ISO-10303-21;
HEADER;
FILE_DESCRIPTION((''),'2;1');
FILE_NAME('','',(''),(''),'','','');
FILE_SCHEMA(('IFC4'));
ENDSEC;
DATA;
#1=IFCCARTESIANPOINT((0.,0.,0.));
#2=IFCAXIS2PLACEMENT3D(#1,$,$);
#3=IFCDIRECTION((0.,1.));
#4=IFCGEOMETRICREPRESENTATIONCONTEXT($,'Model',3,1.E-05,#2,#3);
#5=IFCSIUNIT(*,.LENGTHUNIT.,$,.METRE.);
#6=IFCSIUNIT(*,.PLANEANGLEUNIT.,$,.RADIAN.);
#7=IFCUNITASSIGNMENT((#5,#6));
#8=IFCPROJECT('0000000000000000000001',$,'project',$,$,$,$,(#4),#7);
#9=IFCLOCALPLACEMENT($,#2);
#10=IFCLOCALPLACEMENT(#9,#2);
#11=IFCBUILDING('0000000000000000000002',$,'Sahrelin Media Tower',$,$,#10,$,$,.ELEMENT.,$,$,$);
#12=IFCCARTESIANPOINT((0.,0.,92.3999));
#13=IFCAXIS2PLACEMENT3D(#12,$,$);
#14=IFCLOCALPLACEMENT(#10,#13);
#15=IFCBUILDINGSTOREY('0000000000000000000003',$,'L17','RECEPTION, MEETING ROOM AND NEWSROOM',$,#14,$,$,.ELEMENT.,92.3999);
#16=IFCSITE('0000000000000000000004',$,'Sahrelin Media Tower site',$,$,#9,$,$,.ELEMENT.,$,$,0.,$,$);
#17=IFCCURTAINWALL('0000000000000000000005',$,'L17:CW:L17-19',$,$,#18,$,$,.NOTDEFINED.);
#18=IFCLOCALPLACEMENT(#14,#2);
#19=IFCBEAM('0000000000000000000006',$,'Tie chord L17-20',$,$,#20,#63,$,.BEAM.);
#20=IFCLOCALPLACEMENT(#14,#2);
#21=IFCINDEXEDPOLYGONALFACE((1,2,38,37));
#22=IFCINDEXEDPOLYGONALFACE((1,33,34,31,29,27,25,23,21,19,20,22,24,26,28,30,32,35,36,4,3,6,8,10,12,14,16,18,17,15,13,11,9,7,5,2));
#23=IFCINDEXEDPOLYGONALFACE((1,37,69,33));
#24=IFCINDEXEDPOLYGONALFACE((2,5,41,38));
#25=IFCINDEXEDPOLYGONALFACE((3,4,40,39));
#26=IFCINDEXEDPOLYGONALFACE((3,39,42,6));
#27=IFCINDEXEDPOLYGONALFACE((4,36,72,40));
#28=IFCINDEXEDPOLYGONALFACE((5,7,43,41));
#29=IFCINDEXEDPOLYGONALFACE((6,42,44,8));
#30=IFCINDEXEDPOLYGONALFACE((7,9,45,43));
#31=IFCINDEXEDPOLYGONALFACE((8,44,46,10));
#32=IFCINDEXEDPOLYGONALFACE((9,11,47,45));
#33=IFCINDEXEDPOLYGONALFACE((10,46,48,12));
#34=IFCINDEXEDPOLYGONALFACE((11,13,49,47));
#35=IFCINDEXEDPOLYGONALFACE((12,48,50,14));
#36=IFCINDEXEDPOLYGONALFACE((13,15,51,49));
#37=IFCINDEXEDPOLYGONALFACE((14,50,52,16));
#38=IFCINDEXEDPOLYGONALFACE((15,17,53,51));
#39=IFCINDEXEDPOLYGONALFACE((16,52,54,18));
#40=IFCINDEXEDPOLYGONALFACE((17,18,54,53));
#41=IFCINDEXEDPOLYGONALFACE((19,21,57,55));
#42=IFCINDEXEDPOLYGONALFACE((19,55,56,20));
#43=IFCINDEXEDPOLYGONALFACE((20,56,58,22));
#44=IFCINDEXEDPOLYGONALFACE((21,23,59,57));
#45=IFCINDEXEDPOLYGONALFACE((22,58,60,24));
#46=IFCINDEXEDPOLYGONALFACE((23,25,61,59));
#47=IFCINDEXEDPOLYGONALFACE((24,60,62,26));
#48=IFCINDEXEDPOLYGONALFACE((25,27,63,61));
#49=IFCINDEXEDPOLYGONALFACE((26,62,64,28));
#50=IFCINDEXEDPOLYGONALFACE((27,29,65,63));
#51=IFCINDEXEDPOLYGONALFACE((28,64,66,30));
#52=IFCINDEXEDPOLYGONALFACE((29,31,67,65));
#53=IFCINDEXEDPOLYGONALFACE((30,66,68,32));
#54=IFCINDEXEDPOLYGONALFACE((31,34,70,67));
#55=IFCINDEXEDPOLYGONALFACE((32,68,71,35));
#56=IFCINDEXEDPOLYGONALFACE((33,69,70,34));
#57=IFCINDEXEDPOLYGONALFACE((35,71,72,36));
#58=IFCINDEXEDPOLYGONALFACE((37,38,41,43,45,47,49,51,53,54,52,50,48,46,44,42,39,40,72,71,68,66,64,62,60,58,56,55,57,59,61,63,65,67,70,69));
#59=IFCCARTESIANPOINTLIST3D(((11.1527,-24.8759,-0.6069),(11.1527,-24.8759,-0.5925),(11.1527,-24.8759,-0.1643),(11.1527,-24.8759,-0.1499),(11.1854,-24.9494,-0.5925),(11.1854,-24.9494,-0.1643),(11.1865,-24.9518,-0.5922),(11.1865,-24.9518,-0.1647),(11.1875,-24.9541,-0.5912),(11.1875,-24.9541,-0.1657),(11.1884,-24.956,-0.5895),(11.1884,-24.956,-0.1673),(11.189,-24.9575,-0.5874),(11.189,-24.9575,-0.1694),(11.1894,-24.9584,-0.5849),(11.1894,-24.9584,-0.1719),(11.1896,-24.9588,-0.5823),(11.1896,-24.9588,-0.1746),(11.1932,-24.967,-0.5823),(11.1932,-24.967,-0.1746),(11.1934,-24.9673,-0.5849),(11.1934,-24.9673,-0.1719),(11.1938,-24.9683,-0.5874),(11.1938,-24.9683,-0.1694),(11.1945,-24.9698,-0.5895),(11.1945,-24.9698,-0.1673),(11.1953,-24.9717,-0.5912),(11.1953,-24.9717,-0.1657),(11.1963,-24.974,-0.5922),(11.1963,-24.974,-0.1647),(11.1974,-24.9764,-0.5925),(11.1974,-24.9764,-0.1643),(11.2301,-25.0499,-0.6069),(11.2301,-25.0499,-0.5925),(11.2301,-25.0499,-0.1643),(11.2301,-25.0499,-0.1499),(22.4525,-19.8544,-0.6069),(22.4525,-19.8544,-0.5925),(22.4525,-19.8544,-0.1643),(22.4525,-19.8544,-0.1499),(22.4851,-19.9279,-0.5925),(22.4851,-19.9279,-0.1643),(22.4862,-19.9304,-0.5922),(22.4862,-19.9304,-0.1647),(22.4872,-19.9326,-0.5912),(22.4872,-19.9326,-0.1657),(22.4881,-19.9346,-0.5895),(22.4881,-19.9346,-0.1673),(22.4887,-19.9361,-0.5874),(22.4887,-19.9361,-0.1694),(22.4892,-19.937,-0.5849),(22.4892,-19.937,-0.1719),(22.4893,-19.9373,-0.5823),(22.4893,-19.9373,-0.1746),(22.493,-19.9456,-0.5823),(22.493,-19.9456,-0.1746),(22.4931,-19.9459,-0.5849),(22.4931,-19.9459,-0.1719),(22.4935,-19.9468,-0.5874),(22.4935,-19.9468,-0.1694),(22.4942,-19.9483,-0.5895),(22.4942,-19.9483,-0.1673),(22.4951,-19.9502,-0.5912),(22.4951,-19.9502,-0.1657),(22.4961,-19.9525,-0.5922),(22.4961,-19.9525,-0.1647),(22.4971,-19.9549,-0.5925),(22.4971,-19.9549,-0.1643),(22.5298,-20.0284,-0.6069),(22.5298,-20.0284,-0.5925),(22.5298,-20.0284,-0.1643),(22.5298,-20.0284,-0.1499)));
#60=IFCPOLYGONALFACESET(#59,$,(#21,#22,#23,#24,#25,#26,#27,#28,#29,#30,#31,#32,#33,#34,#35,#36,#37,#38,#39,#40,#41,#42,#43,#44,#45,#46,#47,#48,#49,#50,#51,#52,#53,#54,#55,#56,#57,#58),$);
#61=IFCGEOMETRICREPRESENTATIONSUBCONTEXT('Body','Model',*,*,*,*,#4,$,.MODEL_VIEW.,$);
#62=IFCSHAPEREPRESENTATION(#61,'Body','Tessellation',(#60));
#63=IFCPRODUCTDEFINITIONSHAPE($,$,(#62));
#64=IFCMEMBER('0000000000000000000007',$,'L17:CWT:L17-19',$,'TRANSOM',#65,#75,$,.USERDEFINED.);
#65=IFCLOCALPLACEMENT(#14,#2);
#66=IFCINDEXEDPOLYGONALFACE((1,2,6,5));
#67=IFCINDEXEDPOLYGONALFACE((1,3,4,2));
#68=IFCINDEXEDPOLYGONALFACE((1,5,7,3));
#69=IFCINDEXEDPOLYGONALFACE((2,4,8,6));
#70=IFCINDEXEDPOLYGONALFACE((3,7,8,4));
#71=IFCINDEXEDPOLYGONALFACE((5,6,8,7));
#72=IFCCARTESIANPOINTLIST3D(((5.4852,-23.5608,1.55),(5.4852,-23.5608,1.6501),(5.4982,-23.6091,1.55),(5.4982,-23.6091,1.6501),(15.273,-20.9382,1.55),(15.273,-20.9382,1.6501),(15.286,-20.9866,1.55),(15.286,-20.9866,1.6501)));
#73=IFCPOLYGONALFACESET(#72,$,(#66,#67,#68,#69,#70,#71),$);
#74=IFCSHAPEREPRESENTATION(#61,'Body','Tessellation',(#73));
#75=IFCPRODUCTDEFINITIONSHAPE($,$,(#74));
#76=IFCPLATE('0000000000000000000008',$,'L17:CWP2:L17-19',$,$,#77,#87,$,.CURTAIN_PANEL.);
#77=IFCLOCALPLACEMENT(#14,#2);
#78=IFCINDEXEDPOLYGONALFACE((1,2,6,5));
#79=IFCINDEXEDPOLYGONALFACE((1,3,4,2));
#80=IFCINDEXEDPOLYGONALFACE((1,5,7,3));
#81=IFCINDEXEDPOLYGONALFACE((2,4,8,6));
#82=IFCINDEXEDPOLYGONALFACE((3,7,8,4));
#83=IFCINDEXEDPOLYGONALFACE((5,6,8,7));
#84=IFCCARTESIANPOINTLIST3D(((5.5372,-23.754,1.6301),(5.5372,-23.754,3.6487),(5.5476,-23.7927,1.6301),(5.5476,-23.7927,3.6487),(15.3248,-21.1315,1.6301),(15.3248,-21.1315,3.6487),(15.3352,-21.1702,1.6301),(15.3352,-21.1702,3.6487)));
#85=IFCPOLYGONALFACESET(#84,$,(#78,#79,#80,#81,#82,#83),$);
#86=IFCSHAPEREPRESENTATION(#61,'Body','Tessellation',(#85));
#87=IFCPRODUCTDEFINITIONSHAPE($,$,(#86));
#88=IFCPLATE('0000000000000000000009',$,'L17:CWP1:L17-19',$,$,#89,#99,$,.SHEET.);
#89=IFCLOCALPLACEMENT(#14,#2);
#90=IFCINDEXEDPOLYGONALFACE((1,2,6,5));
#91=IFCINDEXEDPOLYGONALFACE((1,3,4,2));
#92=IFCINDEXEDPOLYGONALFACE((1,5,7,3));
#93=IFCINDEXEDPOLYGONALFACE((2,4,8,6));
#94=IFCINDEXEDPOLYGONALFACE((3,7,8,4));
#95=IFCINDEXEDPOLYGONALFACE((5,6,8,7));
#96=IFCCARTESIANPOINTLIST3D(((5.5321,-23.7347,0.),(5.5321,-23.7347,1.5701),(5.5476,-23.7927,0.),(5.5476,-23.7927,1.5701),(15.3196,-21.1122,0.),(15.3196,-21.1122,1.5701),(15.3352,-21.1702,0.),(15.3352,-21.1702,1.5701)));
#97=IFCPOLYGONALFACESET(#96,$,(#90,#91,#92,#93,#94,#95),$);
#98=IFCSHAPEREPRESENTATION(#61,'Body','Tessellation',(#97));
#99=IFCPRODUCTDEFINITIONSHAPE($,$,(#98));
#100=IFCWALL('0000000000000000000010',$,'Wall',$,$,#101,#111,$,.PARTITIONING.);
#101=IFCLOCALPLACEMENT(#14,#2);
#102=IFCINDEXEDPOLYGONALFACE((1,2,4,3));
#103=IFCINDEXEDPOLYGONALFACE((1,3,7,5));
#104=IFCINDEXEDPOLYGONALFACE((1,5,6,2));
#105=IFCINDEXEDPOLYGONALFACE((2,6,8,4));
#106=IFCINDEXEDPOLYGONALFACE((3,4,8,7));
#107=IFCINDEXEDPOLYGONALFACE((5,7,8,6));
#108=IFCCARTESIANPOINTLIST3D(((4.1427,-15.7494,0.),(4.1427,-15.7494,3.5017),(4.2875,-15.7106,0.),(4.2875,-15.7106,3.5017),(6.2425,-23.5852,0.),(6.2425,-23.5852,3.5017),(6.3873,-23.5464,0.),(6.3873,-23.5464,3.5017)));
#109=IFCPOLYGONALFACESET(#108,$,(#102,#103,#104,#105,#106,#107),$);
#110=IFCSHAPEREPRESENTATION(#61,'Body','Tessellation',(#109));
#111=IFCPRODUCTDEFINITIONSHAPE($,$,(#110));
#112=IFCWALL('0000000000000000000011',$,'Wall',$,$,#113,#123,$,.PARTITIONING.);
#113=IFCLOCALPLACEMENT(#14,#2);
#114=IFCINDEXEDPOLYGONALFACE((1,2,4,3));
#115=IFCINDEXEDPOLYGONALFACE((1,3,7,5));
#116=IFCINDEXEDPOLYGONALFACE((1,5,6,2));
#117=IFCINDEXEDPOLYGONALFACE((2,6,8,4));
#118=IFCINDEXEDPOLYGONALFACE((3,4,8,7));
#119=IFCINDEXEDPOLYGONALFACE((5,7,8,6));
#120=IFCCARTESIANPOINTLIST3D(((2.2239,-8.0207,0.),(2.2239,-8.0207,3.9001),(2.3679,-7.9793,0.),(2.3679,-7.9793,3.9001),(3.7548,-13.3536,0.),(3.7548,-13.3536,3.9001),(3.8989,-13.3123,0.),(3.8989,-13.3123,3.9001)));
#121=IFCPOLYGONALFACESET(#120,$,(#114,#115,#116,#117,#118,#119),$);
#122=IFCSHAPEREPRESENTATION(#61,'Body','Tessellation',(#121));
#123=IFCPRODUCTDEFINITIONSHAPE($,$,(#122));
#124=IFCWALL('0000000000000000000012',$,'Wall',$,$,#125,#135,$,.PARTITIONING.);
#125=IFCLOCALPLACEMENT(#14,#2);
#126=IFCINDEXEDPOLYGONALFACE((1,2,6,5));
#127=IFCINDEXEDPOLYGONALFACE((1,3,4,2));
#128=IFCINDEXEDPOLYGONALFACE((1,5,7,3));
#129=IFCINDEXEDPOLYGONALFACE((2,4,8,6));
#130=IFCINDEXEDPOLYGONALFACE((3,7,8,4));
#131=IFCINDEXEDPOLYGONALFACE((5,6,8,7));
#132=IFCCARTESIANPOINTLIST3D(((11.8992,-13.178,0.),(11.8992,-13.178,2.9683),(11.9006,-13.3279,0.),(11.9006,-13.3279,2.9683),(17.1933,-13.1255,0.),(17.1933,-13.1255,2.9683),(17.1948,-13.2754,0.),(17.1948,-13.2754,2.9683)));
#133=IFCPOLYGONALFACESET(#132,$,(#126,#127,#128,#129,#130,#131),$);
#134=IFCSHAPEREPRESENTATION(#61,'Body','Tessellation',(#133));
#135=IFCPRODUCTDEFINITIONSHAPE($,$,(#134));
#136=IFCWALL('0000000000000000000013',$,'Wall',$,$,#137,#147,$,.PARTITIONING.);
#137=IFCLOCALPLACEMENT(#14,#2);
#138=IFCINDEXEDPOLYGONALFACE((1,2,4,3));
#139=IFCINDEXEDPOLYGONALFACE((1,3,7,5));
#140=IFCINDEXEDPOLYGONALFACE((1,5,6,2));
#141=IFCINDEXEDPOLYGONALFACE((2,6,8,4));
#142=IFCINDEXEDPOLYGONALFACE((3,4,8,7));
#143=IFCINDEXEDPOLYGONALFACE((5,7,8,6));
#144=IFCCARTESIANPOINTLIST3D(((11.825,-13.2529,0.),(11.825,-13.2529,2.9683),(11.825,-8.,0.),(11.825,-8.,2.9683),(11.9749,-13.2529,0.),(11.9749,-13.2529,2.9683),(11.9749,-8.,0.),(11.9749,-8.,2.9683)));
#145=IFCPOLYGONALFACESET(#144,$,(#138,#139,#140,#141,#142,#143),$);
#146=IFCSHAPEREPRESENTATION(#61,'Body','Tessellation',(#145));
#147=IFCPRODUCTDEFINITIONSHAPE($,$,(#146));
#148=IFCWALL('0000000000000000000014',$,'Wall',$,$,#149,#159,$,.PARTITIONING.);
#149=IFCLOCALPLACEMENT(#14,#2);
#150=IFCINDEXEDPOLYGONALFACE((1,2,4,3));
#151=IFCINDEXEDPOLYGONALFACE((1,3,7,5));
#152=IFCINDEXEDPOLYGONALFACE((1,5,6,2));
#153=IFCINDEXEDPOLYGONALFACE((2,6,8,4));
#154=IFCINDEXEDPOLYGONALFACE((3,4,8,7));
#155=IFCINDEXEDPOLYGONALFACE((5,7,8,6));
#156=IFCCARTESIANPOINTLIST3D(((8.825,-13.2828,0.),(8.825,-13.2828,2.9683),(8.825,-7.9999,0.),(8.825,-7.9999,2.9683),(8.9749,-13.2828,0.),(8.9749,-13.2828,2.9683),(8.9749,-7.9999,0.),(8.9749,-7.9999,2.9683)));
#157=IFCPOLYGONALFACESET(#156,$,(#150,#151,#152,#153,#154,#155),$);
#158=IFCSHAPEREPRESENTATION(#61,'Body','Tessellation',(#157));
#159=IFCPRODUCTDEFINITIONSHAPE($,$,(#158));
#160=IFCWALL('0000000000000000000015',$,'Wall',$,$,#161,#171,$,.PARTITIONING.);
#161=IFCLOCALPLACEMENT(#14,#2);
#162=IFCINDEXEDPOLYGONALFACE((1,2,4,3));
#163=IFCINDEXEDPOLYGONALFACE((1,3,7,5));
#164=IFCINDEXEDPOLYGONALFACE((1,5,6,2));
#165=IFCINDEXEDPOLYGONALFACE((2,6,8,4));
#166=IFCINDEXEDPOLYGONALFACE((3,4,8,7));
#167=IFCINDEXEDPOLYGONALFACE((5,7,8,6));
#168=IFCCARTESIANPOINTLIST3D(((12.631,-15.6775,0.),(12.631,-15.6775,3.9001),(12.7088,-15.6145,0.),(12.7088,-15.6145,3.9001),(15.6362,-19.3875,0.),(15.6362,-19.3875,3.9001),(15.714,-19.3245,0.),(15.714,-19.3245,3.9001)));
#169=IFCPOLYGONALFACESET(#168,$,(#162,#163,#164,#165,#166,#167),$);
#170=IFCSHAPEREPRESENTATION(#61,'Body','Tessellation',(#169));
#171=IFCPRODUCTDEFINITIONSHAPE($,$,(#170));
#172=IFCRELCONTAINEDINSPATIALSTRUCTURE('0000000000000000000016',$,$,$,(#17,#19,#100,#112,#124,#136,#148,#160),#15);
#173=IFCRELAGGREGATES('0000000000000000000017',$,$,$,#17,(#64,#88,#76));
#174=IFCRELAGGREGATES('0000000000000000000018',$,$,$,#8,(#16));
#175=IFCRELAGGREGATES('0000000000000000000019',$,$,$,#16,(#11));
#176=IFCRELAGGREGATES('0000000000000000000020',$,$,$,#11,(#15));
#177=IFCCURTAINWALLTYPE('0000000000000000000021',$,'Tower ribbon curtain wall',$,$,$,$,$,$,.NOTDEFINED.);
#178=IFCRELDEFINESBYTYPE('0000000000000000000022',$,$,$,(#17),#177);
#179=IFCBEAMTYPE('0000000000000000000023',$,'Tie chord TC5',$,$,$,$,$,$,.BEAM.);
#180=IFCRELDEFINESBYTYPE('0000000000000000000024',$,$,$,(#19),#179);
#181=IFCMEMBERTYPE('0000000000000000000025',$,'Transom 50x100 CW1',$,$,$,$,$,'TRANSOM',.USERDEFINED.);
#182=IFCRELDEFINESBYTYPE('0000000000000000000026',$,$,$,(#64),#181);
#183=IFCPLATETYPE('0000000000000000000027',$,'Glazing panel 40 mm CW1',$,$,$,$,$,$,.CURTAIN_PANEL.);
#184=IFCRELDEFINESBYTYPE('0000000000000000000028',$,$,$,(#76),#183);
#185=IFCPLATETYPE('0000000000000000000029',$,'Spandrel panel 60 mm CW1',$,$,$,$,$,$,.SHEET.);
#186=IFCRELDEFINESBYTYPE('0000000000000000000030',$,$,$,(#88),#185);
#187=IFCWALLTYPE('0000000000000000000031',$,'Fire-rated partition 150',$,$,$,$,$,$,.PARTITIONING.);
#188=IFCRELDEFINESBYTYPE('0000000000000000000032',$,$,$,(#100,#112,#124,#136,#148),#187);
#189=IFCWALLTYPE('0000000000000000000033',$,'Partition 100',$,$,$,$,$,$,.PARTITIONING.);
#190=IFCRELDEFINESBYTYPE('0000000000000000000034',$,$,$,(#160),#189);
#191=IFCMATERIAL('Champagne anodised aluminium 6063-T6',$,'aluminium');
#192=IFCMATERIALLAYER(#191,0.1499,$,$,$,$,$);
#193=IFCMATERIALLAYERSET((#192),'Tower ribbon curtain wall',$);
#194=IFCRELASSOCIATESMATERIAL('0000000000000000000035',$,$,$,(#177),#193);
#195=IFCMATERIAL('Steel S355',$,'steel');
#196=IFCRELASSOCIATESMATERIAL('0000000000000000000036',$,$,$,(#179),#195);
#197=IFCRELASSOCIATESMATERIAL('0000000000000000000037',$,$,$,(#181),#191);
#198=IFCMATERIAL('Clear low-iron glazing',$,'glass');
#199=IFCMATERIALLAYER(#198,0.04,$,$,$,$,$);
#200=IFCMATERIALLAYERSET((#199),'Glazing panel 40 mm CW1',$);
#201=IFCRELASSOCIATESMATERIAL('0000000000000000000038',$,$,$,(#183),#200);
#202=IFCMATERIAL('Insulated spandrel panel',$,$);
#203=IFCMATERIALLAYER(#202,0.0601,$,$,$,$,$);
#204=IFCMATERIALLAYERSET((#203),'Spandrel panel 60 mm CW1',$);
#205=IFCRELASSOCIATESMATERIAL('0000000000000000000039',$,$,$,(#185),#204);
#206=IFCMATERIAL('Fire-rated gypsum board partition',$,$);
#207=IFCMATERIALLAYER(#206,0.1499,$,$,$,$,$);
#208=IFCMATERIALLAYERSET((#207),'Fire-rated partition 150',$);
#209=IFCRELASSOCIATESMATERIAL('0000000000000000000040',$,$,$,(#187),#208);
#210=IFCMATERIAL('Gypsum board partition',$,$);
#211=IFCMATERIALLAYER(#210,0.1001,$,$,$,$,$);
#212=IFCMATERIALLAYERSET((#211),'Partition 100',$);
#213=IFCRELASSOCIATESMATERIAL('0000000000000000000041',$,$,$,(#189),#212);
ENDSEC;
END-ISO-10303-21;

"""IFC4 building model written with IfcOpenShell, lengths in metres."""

from ifc_helpers import new_model, si_unit, direction, frame, frame_2d, origin, origin_2d, place, context, subcontext, project, spatial, polyline, rectangle, i_section, outline, extrude, material, layer, layer_set, material_profile, profile_set, type_object, element, aggregate, save


model = new_model("IFC4")

# Units and contexts
model_context = context("Model", 3, precision=1e-05, world=origin(), true_north=direction((0.0, 1.0)))
body_context = subcontext(model_context, "Body", "Model", "MODEL_VIEW")
ifc_project = project(units=[si_unit("LENGTHUNIT", "METRE"), si_unit("PLANEANGLEUNIT", "RADIAN")], contexts=[model_context])

# Site, building, storey
site_placement = place(None, origin())
site = spatial("IfcSite", under=ifc_project, at=site_placement, Name="Sahrelin Media Tower site", CompositionType="ELEMENT", RefElevation=0.0)
building_placement = place(site_placement, origin())
building = spatial("IfcBuilding", under=site, at=building_placement, Name="Sahrelin Media Tower", CompositionType="ELEMENT")
storey_placement = place(building_placement, frame((0.0, 0.0, 92.3999)))
storey = spatial("IfcBuildingStorey", under=building, at=storey_placement, Name="L17", Description="RECEPTION, MEETING ROOM AND NEWSROOM", CompositionType="ELEMENT", Elevation=92.3999)

# Shared definitions
ifc_material_1 = material(Name="Steel S355", Category="steel")

# Curtain wall
ifc_material_2 = material(Name="Champagne anodised aluminium 6063-T6", Category="aluminium")
ifc_layer_1 = layer(ifc_material_2, 0.1499)
ifc_layer_set_1 = layer_set([ifc_layer_1], Name="Tower ribbon curtain wall")
curtain_wall_type = type_object("IfcCurtainWallType", Name="Tower ribbon curtain wall", PredefinedType="NOTDEFINED", material=ifc_layer_set_1)
curtain_wall_1_placement = place(storey_placement, frame((10.4363, -22.4622, 0.0), z_axis=(0.0, 0.0, 1.0), x_axis=(1.0, 0.0, 0.0)))
curtain_wall_1 = element("IfcCurtainWall", 1, at=curtain_wall_1_placement, inside=storey, type_object=curtain_wall_type, Name="L17:CW:L17-19", PredefinedType="NOTDEFINED")

# Beam
ifc_material_profile_1 = material_profile(ifc_material_1, i_section(OverallWidth=0.1904, OverallDepth=0.457, WebThickness=0.009, FlangeThickness=0.0144, FilletRadius=0.0103, at=origin_2d()), Name="UB 457x191x74")
ifc_profile_set_1 = profile_set([ifc_material_profile_1], Name="Steel S355")
beam_type_1 = type_object("IfcBeamType", Name="Tie chord TC5", PredefinedType="BEAM", material=ifc_profile_set_1)
beam_1_placement = place(storey_placement, frame((11.1914, -24.9629, -0.3784), z_axis=(0.913831, 0.406094, 0.0), x_axis=(-0.406094, 0.913831, 0.0)))
element("IfcBeam", 2, at=beam_1_placement, inside=storey, type_object=beam_type_1, Name="Tie chord L17-20", PredefinedType="BEAM", context=body_context, shape_type="SweptSolid", body=[
    extrude(i_section(OverallWidth=0.1904, OverallDepth=0.457, WebThickness=0.009, FlangeThickness=0.0144, FilletRadius=0.0103, at=origin_2d()), origin(), (0.0, 0.0, 1.0), 12.3652),
])

# Member
ifc_material_profile_2 = material_profile(ifc_material_2, rectangle(XDim=0.05, YDim=0.1001, at=origin_2d()), Name="Transom 50x100")
ifc_profile_set_2 = profile_set([ifc_material_profile_2], Name="Champagne anodised aluminium 6063-T6")
member_type_1 = type_object("IfcMemberType", Name="Transom 50x100 CW1", ElementType="TRANSOM", PredefinedType="USERDEFINED", material=ifc_profile_set_2)
member_1_placement = place(storey_placement, frame((5.4917, -23.585, 1.6001), z_axis=(0.965928, 0.258811, 0.0), x_axis=(-0.258811, 0.965928, 0.0)))
member_1 = element("IfcMember", 3, at=member_1_placement, type_object=member_type_1, Name="L17:CWT:L17-19", ObjectType="TRANSOM", PredefinedType="USERDEFINED", context=body_context, shape_type="SweptSolid", body=[
    extrude(rectangle(XDim=0.05, YDim=0.1001, at=origin_2d()), origin(), (0.0, 0.0, 1.0), 10.1331),
])

# Plates
ifc_material_3 = material(Name="Clear low-iron glazing", Category="glass")
ifc_layer_2 = layer(ifc_material_3, 0.04)
ifc_layer_set_2 = layer_set([ifc_layer_2], Name="Glazing panel 40 mm CW1")
plate_type_1 = type_object("IfcPlateType", Name="Glazing panel 40 mm CW1", PredefinedType="CURTAIN_PANEL", material=ifc_layer_set_2)
plate_1_placement = place(storey_placement, frame((5.5476, -23.7927, 1.6301), z_axis=(0.258817, -0.965926, 0.0), x_axis=(0.965926, 0.258817, 0.0)))
plate_1 = element("IfcPlate", 4, at=plate_1_placement, type_object=plate_type_1, Name="L17:CWP2:L17-19", PredefinedType="CURTAIN_PANEL", context=body_context, shape_type="SweptSolid", body=[
    extrude(outline(polyline([(0.0, 0.0), (10.1328, 0.0), (10.1328, 2.0186), (0.0, 2.0186), (0.0, 0.0)])), origin(), (0.0, 0.0, -1.0), 0.04),
])
ifc_material_4 = material(Name="Insulated spandrel panel")
ifc_layer_3 = layer(ifc_material_4, 0.0601)
ifc_layer_set_3 = layer_set([ifc_layer_3], Name="Spandrel panel 60 mm CW1")
plate_type_2 = type_object("IfcPlateType", Name="Spandrel panel 60 mm CW1", PredefinedType="SHEET", material=ifc_layer_set_3)
plate_2_placement = place(storey_placement, frame((5.5476, -23.7927, 0.0), z_axis=(0.258817, -0.965926, 0.0), x_axis=(0.965926, 0.258817, 0.0)))
plate_2 = element("IfcPlate", 5, at=plate_2_placement, type_object=plate_type_2, Name="L17:CWP1:L17-19", PredefinedType="SHEET", context=body_context, shape_type="SweptSolid", body=[
    extrude(outline(polyline([(0.0, 0.0), (10.1328, 0.0), (10.1328, 1.5701), (0.0, 1.5701), (0.0, 0.0)])), origin(), (0.0, 0.0, -1.0), 0.0601),
])
aggregate(curtain_wall_1, [member_1, plate_2, plate_1])

# Walls
ifc_material_5 = material(Name="Fire-rated gypsum board partition")
ifc_layer_4 = layer(ifc_material_5, 0.1499)
ifc_layer_set_4 = layer_set([ifc_layer_4], Name="Fire-rated partition 150")
wall_type_1 = type_object("IfcWallType", Name="Fire-rated partition 150", PredefinedType="PARTITIONING", material=ifc_layer_set_4)
wall_1_placement = place(storey_placement, frame((4.2151, -15.73, 0.0), z_axis=(0.0, 0.0, 1.0), x_axis=(0.258844, -0.965919, 0.0)))
element("IfcWall", 6, at=wall_1_placement, inside=storey, type_object=wall_type_1, Name="Wall", PredefinedType="PARTITIONING", context=body_context, shape_type="SweptSolid", body=[
    extrude(rectangle(XDim=8.1123, YDim=0.1499, at=frame_2d((4.0562, 0.0))), origin(), (0.0, 0.0, 1.0), 3.5017),
])
wall_2_placement = place(storey_placement, frame((2.2959, -8.0, 0.0), z_axis=(0.0, 0.0, 1.0), x_axis=(0.275936, -0.961176, 0.0)))
element("IfcWall", 7, at=wall_2_placement, inside=storey, type_object=wall_type_1, Name="Wall", PredefinedType="PARTITIONING", context=body_context, shape_type="SweptSolid", body=[
    extrude(rectangle(XDim=5.5483, YDim=0.1499, at=frame_2d((2.7742, 0.0))), origin(), (0.0, 0.0, 1.0), 3.9001),
])
wall_3_placement = place(storey_placement, frame((11.8999, -13.2529, 0.0), z_axis=(0.0, 0.0, 1.0), x_axis=(0.999951, 0.009914, 0.0)))
element("IfcWall", 8, at=wall_3_placement, inside=storey, type_object=wall_type_1, Name="Wall", PredefinedType="PARTITIONING", context=body_context, shape_type="SweptSolid", body=[
    extrude(rectangle(XDim=5.2944, YDim=0.1499, at=frame_2d((2.6472, 0.0))), origin(), (0.0, 0.0, 1.0), 2.9683),
])
wall_4_placement = place(storey_placement, frame((11.8999, -13.2529, 0.0), z_axis=(0.0, 0.0, 1.0), x_axis=(0.0, 1.0, 0.0)))
element("IfcWall", 9, at=wall_4_placement, inside=storey, type_object=wall_type_1, Name="Wall", PredefinedType="PARTITIONING", context=body_context, shape_type="SweptSolid", body=[
    extrude(rectangle(XDim=5.2529, YDim=0.1499, at=frame_2d((2.6265, 0.0))), origin(), (0.0, 0.0, 1.0), 2.9683),
])
wall_5_placement = place(storey_placement, frame((8.8999, -13.283, 0.0), z_axis=(0.0, 0.0, 1.0), x_axis=(0.0, 1.0, 0.0)))
element("IfcWall", 10, at=wall_5_placement, inside=storey, type_object=wall_type_1, Name="Wall", PredefinedType="PARTITIONING", context=body_context, shape_type="SweptSolid", body=[
    extrude(rectangle(XDim=5.283, YDim=0.1499, at=frame_2d((2.6416, 0.0))), origin(), (0.0, 0.0, 1.0), 2.9683),
])
ifc_material_6 = material(Name="Gypsum board partition")
ifc_layer_5 = layer(ifc_material_6, 0.1001)
ifc_layer_set_5 = layer_set([ifc_layer_5], Name="Partition 100")
wall_type_2 = type_object("IfcWallType", Name="Partition 100", PredefinedType="PARTITIONING", material=ifc_layer_set_5)
wall_6_placement = place(storey_placement, frame((12.6699, -15.646, 0.0), z_axis=(0.0, 0.0, 1.0), x_axis=(0.629429, -0.777058, 0.0)))
element("IfcWall", 11, at=wall_6_placement, inside=storey, type_object=wall_type_2, Name="Wall", PredefinedType="PARTITIONING", context=body_context, shape_type="SweptSolid", body=[
    extrude(rectangle(XDim=4.7744, YDim=0.1001, at=frame_2d((2.3872, 0.0))), origin(), (0.0, 0.0, 1.0), 3.9001),
])

save(model, "model.ifc")
